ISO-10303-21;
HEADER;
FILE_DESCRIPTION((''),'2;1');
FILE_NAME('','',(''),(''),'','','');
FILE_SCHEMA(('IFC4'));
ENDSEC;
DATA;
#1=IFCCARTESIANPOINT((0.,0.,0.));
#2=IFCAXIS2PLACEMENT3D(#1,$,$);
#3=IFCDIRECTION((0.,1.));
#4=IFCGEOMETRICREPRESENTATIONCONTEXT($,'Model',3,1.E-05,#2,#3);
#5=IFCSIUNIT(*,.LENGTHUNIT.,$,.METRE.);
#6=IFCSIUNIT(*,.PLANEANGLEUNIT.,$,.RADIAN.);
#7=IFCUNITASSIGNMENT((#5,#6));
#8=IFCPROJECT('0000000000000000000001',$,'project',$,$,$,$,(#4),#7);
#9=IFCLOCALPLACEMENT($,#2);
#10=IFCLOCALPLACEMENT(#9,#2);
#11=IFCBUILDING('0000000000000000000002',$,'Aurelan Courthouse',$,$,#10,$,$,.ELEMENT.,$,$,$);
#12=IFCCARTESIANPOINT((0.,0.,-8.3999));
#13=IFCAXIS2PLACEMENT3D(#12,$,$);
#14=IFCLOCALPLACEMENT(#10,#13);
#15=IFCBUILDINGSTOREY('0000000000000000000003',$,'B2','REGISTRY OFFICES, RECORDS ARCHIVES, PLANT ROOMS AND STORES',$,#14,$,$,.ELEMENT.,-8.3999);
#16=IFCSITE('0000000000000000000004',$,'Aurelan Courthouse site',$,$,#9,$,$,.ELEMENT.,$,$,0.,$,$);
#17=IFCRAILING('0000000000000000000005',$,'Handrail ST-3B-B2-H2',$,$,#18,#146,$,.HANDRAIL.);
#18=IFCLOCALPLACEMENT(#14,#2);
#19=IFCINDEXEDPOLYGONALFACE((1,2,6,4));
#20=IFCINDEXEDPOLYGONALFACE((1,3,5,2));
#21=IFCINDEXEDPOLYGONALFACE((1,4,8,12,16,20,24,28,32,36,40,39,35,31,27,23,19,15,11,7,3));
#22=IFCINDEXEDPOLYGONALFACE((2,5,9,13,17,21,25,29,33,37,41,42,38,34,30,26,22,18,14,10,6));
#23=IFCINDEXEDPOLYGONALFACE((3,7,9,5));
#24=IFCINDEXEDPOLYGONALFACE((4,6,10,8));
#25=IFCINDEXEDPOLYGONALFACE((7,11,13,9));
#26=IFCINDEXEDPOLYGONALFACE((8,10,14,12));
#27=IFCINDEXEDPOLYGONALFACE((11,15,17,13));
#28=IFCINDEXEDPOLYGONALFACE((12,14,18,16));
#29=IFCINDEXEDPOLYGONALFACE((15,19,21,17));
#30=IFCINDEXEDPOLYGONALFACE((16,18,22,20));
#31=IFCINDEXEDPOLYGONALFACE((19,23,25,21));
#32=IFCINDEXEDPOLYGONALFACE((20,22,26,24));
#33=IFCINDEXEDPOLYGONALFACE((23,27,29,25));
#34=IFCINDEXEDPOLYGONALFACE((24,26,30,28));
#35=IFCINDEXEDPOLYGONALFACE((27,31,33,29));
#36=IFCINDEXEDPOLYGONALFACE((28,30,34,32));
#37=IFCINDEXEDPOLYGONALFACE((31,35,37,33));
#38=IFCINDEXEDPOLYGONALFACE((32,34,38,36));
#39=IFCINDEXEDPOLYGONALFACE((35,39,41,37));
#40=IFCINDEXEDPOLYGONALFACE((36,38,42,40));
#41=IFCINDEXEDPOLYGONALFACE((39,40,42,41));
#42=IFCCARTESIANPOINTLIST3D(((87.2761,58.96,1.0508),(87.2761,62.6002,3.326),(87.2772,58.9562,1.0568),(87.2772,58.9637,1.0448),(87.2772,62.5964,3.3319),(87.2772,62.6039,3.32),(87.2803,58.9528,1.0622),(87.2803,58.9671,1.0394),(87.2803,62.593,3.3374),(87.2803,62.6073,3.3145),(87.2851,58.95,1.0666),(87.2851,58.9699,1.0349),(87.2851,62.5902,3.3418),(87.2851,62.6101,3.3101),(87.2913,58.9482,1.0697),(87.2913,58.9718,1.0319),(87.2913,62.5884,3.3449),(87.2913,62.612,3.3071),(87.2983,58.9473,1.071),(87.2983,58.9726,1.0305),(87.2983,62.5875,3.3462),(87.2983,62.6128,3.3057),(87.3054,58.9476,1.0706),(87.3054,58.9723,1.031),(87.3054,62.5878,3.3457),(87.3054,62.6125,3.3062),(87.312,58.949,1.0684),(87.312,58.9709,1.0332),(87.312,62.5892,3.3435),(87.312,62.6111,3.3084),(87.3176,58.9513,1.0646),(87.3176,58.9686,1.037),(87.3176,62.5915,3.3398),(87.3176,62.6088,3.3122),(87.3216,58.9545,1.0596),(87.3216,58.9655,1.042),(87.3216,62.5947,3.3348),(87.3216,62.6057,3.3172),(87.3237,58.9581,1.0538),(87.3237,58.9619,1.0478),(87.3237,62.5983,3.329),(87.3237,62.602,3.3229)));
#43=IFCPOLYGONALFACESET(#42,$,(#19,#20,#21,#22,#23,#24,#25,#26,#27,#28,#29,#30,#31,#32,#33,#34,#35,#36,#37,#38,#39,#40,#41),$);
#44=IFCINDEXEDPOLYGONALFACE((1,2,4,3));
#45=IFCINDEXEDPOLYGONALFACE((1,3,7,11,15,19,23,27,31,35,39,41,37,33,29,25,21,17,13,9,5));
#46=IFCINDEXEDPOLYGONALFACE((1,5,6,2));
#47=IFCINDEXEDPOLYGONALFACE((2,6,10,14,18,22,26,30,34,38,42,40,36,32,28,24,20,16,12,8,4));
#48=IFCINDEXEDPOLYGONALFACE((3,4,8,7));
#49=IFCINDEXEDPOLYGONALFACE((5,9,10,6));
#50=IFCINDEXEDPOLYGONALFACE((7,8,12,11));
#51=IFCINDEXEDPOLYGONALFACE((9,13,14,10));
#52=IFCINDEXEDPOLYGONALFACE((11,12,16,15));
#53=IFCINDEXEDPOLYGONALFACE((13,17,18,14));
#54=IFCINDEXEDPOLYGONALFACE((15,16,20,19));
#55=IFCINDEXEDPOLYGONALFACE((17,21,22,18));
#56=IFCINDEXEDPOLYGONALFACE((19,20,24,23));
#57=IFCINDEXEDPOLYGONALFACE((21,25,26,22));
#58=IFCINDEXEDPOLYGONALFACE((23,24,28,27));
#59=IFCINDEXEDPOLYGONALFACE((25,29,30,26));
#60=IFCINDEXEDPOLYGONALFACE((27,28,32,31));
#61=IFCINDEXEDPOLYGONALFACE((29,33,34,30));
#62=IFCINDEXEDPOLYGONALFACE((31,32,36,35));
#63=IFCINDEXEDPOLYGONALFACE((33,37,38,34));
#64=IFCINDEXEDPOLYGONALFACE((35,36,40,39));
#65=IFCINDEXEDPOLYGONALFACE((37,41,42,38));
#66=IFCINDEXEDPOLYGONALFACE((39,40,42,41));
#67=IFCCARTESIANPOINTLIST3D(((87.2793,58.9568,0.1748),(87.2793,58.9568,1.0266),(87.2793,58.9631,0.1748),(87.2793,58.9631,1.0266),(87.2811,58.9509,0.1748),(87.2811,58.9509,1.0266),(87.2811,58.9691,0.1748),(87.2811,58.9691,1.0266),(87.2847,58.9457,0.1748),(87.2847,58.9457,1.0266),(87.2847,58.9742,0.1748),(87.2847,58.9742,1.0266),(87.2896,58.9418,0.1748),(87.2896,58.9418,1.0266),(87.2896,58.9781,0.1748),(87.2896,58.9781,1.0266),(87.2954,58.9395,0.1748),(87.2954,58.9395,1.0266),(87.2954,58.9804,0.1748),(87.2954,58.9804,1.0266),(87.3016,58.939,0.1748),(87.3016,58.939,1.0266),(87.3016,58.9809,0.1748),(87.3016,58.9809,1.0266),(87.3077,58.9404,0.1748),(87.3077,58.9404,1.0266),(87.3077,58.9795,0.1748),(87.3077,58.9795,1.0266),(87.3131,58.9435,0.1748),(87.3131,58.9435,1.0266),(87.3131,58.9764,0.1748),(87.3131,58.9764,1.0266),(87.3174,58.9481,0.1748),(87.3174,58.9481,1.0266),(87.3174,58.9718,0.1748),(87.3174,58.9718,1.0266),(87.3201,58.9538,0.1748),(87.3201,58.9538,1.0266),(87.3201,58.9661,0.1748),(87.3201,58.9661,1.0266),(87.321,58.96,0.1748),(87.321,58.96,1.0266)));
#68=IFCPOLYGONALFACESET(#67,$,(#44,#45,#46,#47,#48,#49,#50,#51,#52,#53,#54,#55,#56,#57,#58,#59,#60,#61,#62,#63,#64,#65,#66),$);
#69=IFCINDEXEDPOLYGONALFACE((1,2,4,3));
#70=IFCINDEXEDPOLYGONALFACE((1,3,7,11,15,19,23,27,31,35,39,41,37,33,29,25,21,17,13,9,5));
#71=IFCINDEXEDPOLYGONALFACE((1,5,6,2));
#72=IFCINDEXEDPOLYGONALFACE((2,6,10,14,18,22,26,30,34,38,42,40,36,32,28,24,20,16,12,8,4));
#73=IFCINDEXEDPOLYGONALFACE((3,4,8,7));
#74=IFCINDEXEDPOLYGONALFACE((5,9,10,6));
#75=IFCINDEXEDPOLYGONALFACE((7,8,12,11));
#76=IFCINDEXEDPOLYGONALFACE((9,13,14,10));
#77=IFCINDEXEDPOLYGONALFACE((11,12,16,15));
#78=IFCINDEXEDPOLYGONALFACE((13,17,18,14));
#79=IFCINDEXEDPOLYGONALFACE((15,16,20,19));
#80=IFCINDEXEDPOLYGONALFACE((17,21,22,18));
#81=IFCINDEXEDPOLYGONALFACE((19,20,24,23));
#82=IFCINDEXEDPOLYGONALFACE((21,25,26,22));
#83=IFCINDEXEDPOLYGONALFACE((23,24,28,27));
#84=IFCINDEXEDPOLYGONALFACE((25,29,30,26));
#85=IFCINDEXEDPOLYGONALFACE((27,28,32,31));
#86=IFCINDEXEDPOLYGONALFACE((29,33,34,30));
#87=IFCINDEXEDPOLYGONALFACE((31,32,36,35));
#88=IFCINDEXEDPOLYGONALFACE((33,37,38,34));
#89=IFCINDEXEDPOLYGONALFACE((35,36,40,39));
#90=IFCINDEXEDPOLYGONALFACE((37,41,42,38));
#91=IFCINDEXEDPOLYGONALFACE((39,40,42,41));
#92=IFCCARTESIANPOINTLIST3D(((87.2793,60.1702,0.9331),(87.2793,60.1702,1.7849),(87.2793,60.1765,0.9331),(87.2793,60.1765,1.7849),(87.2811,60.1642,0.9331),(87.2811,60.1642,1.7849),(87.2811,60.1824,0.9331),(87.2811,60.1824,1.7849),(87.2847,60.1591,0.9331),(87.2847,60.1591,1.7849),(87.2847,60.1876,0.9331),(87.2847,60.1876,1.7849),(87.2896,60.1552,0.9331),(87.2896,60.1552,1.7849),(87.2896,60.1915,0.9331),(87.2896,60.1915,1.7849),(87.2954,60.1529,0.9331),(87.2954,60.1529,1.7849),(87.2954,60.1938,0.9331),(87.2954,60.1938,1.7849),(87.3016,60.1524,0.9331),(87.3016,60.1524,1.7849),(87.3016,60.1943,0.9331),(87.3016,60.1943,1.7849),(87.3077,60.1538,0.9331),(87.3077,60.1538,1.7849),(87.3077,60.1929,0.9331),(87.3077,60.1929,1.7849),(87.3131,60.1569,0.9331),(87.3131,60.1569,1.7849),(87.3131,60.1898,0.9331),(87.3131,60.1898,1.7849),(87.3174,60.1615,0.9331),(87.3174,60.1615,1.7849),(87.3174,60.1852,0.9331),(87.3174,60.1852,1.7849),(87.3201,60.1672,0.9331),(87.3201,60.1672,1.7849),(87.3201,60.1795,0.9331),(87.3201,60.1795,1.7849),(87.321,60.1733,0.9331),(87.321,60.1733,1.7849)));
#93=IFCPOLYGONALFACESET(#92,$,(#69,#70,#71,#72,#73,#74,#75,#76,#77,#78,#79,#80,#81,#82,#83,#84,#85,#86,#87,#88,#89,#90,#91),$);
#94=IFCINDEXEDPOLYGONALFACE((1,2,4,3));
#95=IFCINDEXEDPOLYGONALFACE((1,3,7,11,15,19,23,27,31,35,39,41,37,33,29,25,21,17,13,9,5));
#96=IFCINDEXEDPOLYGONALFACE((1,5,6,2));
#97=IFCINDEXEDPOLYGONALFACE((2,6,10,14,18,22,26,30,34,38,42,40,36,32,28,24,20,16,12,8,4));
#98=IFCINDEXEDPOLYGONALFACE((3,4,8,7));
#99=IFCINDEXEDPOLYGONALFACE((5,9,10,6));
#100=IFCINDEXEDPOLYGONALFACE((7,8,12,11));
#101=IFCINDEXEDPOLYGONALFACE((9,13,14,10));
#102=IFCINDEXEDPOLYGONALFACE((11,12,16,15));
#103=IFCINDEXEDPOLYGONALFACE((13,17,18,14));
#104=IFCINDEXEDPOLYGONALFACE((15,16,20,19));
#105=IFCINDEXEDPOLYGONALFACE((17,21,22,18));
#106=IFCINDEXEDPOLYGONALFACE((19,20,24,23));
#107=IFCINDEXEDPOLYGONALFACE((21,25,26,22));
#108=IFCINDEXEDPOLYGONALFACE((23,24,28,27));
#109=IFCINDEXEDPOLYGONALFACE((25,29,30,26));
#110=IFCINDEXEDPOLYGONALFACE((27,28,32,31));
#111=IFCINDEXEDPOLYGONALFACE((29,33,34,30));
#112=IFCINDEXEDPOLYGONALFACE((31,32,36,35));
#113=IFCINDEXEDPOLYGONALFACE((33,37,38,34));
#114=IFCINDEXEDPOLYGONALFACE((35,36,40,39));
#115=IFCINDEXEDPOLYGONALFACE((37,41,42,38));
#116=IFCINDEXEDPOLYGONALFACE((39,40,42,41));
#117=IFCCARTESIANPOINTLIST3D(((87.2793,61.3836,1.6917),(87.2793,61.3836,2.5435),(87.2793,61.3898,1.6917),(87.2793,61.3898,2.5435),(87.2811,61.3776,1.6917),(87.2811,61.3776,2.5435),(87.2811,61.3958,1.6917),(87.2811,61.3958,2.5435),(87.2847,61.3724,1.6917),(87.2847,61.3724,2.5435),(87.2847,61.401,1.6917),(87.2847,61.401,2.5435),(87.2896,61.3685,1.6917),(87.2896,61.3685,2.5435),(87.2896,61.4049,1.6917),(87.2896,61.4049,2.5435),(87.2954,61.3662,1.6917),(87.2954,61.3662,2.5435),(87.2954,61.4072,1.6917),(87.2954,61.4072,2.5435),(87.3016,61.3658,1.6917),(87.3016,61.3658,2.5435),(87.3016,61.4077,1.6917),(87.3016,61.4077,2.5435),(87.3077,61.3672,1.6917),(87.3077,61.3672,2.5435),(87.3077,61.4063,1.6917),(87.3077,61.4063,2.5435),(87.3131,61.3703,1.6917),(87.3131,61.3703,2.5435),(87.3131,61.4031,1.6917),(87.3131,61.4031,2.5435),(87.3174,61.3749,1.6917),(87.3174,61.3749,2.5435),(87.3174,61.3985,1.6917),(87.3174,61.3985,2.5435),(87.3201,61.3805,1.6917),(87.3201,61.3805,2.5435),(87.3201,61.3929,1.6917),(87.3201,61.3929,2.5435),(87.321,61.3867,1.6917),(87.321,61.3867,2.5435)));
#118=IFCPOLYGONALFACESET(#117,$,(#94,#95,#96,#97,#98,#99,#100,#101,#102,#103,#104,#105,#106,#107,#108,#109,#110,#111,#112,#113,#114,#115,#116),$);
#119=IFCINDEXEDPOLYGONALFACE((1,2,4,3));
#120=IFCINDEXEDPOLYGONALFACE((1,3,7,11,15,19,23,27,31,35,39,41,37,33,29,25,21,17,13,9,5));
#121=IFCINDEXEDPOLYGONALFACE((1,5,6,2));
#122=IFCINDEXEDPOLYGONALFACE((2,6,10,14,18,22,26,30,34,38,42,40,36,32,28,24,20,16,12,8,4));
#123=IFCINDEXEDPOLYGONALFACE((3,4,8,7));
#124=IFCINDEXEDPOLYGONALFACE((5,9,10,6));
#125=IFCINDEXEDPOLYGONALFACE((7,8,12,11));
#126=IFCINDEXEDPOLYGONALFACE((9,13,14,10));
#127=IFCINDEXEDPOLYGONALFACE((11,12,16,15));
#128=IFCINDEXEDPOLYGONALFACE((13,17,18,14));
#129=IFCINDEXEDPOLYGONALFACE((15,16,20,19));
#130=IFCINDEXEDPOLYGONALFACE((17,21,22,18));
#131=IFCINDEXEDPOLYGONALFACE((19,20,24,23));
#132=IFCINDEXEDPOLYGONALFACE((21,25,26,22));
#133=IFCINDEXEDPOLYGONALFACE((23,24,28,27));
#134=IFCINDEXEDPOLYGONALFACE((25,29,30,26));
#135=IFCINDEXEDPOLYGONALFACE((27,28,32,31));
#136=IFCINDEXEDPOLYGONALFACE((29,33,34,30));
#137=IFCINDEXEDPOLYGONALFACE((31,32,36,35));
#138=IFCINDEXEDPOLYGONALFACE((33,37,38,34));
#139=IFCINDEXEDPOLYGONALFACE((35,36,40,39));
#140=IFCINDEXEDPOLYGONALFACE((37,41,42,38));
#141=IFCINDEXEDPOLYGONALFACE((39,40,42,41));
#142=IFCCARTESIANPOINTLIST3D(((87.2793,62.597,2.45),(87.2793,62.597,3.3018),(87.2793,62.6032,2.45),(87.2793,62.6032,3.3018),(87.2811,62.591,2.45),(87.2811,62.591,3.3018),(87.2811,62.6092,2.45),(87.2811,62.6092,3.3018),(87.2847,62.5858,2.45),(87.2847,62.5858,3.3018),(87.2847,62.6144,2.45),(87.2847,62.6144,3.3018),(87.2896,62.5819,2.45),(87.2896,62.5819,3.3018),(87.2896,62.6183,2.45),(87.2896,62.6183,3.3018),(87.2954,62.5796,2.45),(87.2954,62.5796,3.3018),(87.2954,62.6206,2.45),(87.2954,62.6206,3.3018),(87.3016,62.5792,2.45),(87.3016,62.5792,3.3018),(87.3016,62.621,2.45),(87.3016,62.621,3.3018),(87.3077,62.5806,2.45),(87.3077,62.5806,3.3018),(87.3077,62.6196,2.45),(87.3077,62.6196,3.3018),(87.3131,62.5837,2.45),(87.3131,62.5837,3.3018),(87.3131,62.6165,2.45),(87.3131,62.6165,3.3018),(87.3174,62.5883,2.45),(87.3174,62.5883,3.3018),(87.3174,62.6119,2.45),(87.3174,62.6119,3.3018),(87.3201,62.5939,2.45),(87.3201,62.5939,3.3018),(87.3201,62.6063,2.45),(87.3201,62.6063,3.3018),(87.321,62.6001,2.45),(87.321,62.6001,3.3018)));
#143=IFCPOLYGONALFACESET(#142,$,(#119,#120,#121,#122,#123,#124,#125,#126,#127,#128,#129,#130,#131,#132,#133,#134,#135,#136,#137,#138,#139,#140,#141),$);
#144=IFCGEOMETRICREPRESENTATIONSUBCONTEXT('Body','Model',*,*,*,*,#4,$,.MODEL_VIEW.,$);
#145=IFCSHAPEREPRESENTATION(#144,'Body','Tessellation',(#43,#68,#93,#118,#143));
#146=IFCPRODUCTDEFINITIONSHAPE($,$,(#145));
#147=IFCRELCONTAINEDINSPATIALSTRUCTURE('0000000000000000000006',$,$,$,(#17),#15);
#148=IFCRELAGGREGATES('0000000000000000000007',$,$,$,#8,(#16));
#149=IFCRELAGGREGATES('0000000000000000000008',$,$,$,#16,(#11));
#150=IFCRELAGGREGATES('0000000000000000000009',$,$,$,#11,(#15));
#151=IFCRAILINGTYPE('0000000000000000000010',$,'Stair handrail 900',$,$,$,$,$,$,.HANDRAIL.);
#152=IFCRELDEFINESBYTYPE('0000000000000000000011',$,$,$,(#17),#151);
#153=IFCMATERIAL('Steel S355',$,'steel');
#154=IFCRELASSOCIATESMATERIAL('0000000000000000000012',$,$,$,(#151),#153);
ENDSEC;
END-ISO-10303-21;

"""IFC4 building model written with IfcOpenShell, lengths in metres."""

from ifc_helpers import new_model, si_unit, direction, frame, origin, origin_2d, place, context, subcontext, project, spatial, circle, extrude, material, type_object, element, save


model = new_model("IFC4")

# Units and contexts
model_context = context("Model", 3, precision=1e-05, world=origin(), true_north=direction((0.0, 1.0)))
body_context = subcontext(model_context, "Body", "Model", "MODEL_VIEW")
ifc_project = project(units=[si_unit("LENGTHUNIT", "METRE"), si_unit("PLANEANGLEUNIT", "RADIAN")], contexts=[model_context])

# Site, building, storey
site_placement = place(None, origin())
site = spatial("IfcSite", under=ifc_project, at=site_placement, Name="Aurelan Courthouse site", CompositionType="ELEMENT", RefElevation=0.0)
building_placement = place(site_placement, origin())
building = spatial("IfcBuilding", under=site, at=building_placement, Name="Aurelan Courthouse", CompositionType="ELEMENT")
storey_placement = place(building_placement, frame((0.0, 0.0, -8.3999)))
storey = spatial("IfcBuildingStorey", under=building, at=storey_placement, Name="B2", Description="REGISTRY OFFICES, RECORDS ARCHIVES, PLANT ROOMS AND STORES", CompositionType="ELEMENT", Elevation=-8.3999)

# Railing
ifc_material_1 = material(Name="Steel S355", Category="steel")
railing_type_1 = type_object("IfcRailingType", Name="Stair handrail 900", PredefinedType="HANDRAIL", material=ifc_material_1)
for number, where, name in (
    (1, (87.3, 58.96, 0.1748), "Handrail ST-3B-B2-H2"),
):
    element("IfcRailing", number, at=place(storey_placement, frame(where)), inside=storey, type_object=railing_type_1, Name=name, PredefinedType="HANDRAIL", context=body_context, shape_type="SweptSolid", body=[
        extrude(circle(Radius=0.0239, at=origin_2d()), frame((0.0, 0.0, 0.876), z_axis=(0.0, 0.847992, 0.530009), x_axis=(-1.0, 0.0, 0.0)), (0.0, 0.0, 1.0), 4.2927),
        extrude(circle(Radius=0.021, at=origin_2d()), origin(), (0.0, 0.0, 1.0), 0.8518),
        extrude(circle(Radius=0.021, at=origin_2d()), frame((0.0, 1.2134, 0.7583)), (0.0, 0.0, 1.0), 0.8518),
        extrude(circle(Radius=0.021, at=origin_2d()), frame((0.0, 2.4268, 1.5168)), (0.0, 0.0, 1.0), 0.8518),
        extrude(circle(Radius=0.021, at=origin_2d()), frame((0.0, 3.6401, 2.2751)), (0.0, 0.0, 1.0), 0.8518),
    ])

save(model, "model.ifc")
